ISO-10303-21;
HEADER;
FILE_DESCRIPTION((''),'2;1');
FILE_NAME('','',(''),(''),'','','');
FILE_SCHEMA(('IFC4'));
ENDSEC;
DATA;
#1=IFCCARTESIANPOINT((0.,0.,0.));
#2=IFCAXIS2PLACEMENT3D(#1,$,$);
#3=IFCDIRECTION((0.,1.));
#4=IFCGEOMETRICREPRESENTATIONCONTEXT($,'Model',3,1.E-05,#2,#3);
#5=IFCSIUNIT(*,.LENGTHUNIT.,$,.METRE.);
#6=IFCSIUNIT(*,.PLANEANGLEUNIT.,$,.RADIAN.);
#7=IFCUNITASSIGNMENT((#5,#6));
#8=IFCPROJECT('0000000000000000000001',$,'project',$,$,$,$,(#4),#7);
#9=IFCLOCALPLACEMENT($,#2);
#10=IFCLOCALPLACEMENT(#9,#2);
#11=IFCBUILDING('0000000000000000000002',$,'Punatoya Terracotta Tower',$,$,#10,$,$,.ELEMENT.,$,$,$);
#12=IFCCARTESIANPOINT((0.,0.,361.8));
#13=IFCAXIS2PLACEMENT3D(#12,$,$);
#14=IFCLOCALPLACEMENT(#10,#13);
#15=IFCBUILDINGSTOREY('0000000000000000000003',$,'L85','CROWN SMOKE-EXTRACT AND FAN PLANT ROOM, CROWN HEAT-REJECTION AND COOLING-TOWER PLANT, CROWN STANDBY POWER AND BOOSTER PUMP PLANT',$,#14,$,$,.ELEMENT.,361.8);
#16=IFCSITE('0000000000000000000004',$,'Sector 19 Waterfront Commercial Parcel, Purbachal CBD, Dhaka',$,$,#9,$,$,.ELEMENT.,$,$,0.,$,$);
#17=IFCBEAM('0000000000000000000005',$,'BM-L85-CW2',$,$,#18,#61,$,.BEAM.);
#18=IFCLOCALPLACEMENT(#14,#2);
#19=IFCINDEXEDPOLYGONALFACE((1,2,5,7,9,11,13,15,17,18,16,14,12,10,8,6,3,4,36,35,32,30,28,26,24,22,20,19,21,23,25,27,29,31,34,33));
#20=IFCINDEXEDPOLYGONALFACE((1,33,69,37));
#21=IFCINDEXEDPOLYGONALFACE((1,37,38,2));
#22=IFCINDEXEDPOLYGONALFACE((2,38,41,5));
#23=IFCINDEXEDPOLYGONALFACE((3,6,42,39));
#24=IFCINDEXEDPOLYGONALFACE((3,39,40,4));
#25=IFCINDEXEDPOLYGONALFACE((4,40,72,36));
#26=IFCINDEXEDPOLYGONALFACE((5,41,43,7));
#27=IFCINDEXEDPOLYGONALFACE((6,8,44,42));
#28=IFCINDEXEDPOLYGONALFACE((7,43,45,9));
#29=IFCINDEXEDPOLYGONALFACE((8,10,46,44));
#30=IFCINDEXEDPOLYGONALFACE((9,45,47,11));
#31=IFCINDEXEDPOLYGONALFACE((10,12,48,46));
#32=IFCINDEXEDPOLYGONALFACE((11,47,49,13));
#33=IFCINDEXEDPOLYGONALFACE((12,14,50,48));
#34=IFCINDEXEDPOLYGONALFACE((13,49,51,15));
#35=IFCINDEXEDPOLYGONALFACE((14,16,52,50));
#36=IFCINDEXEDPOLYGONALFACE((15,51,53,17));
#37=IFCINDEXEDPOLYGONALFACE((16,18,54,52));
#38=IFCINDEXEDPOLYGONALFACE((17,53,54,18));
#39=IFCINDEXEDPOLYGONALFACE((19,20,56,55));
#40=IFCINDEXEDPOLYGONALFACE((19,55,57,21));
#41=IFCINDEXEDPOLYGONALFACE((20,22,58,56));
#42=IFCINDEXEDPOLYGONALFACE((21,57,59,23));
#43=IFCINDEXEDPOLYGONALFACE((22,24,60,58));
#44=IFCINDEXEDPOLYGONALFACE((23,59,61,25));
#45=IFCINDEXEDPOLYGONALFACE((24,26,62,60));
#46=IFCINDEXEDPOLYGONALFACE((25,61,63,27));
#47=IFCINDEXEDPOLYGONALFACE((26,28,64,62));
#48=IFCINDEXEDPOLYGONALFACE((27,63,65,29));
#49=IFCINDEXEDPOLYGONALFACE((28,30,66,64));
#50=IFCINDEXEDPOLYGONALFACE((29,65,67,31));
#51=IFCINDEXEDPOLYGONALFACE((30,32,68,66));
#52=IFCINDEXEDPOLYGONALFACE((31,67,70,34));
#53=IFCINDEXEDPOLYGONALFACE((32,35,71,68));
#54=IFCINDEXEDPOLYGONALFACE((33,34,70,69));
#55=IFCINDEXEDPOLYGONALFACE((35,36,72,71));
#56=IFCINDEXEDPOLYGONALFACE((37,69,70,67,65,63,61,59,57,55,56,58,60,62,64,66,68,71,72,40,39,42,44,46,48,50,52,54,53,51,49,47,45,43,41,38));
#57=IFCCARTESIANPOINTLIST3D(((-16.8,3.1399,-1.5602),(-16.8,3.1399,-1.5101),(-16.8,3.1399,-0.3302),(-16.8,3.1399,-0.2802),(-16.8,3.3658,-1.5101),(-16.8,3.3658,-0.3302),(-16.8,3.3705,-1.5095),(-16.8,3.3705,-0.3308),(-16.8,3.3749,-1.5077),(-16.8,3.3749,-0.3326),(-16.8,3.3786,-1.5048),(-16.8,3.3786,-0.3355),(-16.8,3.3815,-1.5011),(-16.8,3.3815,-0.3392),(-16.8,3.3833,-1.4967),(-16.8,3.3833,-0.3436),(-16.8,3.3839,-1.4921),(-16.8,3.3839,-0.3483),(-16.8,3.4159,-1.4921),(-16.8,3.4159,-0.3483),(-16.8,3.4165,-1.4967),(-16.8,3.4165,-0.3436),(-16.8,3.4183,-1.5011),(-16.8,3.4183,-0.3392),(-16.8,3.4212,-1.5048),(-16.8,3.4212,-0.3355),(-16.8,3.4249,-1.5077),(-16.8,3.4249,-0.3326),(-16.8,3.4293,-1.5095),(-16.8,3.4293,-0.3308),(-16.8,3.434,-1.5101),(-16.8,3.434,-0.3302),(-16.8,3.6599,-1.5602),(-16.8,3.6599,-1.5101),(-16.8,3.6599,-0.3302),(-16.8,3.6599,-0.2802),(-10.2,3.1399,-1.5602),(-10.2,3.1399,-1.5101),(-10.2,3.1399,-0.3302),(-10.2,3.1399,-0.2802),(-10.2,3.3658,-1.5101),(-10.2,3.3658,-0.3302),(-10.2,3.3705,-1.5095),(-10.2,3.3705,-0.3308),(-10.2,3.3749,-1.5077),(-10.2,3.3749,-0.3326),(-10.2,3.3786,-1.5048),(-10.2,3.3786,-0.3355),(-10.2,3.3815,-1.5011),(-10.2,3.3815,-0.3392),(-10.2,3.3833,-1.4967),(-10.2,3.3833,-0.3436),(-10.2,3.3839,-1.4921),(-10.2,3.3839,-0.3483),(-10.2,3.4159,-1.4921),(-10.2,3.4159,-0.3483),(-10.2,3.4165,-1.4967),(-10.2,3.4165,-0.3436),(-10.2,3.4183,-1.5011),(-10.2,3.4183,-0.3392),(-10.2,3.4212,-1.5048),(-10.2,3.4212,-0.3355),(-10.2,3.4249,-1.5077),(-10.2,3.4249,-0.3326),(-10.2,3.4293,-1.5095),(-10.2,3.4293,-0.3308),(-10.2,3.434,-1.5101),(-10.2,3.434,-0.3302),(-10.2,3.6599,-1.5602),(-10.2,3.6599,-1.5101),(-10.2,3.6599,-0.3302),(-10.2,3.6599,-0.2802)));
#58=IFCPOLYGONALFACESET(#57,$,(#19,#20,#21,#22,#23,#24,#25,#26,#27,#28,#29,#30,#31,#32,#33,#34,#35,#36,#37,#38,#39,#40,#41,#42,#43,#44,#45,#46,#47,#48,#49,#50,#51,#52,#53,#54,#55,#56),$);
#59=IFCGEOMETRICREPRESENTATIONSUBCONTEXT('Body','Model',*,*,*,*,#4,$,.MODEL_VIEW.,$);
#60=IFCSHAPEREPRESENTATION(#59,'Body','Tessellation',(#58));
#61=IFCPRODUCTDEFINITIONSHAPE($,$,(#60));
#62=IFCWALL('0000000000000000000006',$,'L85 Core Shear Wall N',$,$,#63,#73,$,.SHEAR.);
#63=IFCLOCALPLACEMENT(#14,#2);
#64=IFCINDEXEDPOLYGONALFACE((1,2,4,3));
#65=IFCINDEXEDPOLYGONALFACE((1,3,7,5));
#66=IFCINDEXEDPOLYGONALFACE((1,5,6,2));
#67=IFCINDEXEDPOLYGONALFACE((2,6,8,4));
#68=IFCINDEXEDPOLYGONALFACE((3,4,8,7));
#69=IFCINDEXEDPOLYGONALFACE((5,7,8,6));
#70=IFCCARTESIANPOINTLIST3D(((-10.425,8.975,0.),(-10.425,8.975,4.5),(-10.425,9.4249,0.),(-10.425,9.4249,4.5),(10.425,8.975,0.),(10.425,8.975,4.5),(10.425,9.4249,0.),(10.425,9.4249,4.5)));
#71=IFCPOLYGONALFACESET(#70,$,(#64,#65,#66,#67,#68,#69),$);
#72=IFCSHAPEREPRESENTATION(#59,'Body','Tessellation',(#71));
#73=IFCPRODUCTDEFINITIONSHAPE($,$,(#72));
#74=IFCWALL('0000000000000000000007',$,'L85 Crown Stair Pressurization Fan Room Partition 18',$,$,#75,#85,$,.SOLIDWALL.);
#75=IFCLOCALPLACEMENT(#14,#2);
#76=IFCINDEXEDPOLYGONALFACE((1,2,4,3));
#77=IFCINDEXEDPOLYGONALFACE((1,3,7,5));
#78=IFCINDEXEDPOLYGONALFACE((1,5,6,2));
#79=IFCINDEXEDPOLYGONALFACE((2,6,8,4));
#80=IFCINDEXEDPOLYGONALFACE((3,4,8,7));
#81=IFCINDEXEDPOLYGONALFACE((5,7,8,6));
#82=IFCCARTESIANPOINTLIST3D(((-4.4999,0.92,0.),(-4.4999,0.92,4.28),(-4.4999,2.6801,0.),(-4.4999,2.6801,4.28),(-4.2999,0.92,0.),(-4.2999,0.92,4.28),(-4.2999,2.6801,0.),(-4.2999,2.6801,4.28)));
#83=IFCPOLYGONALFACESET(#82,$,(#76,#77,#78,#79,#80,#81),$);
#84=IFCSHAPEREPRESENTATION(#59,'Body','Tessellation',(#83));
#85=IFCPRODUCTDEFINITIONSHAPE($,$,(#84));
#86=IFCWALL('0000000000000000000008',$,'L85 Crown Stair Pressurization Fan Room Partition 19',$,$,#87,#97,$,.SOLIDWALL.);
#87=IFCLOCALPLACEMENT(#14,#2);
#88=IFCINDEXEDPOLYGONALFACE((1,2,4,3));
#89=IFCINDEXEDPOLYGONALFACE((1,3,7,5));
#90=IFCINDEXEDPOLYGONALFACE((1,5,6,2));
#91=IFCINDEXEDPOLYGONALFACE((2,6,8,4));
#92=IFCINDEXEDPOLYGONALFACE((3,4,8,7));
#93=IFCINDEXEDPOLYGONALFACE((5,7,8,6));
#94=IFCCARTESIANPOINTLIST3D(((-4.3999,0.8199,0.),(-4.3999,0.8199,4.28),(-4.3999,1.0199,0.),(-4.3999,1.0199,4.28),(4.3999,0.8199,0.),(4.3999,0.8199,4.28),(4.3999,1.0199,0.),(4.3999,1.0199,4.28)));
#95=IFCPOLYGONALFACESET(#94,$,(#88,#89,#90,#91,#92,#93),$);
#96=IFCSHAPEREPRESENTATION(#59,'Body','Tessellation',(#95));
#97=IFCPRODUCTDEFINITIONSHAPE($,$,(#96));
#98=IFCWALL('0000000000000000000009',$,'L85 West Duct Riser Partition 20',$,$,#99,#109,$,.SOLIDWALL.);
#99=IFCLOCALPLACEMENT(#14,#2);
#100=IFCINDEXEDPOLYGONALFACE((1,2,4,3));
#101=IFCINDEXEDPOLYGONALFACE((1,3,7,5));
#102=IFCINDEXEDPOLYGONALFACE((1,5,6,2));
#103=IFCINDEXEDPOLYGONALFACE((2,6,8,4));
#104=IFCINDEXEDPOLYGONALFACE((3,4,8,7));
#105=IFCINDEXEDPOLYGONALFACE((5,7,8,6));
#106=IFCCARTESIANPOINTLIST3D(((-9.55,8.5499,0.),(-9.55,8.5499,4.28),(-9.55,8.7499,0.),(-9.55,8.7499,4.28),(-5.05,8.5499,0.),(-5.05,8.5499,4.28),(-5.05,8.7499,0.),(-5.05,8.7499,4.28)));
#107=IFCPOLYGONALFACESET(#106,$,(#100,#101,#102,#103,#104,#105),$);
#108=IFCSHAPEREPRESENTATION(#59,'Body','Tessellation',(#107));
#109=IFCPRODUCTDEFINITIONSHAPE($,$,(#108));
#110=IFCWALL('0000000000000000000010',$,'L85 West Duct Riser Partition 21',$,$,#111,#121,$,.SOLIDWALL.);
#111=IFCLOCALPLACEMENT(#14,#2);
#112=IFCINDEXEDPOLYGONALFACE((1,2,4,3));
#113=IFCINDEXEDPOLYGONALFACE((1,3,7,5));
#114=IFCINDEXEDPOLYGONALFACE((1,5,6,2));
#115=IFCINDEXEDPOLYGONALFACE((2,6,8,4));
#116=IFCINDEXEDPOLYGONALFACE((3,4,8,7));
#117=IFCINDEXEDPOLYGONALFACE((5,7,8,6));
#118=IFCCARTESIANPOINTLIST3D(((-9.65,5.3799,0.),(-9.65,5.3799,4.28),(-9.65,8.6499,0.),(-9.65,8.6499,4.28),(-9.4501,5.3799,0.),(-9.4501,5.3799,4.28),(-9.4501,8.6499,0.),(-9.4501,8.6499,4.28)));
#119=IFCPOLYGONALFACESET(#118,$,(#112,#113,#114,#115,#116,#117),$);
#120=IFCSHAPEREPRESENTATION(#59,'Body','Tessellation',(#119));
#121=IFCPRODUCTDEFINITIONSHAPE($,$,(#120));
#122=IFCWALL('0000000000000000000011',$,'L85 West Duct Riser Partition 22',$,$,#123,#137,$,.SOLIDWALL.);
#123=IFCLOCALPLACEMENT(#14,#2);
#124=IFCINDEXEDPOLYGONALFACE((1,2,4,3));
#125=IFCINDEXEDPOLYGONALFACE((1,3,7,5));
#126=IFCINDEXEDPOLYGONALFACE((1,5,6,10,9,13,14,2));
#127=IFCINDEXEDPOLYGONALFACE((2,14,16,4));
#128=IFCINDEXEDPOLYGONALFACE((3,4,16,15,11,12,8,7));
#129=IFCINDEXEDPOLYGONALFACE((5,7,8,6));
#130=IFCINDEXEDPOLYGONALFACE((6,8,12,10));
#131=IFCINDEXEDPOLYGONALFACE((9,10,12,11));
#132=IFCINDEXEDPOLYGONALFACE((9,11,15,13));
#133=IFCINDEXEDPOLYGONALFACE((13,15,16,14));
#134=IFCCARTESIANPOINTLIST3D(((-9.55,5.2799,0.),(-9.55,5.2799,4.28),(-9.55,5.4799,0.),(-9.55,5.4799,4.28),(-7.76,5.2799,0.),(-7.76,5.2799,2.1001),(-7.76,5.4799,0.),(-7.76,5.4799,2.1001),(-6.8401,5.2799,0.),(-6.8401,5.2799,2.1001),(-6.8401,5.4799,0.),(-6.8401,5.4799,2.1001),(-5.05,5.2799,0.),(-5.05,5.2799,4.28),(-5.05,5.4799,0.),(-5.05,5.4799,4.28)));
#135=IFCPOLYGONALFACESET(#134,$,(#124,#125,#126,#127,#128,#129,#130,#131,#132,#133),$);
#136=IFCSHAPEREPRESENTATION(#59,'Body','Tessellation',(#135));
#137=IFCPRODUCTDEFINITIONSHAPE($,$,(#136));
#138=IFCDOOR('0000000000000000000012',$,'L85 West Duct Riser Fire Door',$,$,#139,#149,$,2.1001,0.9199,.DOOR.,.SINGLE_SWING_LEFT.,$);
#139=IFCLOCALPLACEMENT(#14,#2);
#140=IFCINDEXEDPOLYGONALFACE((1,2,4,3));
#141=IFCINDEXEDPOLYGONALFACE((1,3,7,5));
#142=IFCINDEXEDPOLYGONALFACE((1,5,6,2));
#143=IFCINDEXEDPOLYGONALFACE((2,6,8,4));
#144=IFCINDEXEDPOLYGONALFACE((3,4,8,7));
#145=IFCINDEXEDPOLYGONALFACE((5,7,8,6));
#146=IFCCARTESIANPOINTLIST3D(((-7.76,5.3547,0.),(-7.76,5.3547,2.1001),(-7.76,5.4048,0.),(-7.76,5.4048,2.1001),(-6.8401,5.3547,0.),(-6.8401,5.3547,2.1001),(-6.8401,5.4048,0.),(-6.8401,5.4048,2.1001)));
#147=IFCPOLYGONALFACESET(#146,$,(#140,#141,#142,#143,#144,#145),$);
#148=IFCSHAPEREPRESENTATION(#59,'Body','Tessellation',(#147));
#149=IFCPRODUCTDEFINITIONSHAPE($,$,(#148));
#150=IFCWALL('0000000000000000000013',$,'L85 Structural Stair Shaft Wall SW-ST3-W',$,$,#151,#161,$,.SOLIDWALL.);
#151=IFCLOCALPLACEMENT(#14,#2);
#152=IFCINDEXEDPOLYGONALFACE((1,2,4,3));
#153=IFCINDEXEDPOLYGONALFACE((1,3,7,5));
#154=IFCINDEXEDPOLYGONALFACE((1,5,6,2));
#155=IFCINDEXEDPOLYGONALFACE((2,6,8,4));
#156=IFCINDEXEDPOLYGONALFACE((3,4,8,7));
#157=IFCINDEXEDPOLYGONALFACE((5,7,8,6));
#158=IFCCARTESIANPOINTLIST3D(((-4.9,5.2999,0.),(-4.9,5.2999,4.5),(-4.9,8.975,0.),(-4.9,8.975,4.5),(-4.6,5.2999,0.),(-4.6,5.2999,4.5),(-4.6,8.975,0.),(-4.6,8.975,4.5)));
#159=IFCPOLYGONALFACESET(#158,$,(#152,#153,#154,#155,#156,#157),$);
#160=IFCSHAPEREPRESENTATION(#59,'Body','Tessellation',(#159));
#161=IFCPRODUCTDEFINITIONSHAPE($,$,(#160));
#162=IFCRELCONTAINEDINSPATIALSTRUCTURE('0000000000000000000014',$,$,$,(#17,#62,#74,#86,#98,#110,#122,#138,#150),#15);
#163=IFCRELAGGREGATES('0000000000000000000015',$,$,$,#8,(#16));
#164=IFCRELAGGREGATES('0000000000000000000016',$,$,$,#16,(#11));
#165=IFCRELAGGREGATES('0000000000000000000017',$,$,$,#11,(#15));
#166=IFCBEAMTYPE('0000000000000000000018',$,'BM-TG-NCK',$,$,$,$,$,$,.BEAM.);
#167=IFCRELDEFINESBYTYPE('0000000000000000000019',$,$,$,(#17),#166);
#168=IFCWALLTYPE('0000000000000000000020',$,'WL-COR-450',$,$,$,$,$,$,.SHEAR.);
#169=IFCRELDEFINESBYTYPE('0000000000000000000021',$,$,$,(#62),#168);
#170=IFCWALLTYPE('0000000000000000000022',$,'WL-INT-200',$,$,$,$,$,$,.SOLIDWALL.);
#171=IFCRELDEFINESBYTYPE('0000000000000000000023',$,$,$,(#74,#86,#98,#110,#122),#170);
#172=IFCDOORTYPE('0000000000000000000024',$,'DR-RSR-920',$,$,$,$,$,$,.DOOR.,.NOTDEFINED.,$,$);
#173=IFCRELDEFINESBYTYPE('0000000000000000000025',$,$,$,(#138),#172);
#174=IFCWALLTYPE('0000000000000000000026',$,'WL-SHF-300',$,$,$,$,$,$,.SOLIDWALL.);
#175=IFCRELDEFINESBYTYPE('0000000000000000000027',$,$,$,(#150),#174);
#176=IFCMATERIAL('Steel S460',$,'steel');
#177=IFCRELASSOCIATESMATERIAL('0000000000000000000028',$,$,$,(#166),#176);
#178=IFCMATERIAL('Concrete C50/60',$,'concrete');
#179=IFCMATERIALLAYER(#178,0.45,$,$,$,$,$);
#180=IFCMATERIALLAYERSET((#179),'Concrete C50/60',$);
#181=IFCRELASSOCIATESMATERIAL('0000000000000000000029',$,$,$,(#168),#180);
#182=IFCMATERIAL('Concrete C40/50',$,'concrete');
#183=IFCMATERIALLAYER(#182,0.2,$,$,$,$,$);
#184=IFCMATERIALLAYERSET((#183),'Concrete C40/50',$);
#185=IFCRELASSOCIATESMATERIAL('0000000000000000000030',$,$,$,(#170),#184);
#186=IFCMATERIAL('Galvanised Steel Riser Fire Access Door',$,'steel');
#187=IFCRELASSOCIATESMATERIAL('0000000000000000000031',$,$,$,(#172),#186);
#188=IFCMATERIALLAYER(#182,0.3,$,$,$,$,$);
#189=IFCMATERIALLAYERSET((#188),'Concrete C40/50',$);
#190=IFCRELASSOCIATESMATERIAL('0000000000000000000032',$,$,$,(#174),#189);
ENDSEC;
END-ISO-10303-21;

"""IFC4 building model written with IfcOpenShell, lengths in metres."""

from ifc_helpers import new_model, si_unit, direction, frame, frame_2d, origin, origin_2d, place, context, subcontext, project, spatial, rectangle, i_section, extrude, material, layer, layer_set, material_profile, profile_set, type_object, element, fill, save


model = new_model("IFC4")

# Units and contexts
model_context = context("Model", 3, precision=1e-05, world=origin(), true_north=direction((0.0, 1.0)))
body_context = subcontext(model_context, "Body", "Model", "MODEL_VIEW")
ifc_project = project(units=[si_unit("LENGTHUNIT", "METRE"), si_unit("PLANEANGLEUNIT", "RADIAN")], contexts=[model_context])

# Site, building, storey
site_placement = place(None, origin())
site = spatial("IfcSite", under=ifc_project, at=site_placement, Name="Sector 19 Waterfront Commercial Parcel, Purbachal CBD, Dhaka", CompositionType="ELEMENT", RefElevation=0.0)
building_placement = place(site_placement, origin())
building = spatial("IfcBuilding", under=site, at=building_placement, Name="Punatoya Terracotta Tower", CompositionType="ELEMENT")
storey_placement = place(building_placement, frame((0.0, 0.0, 361.8)))
storey = spatial("IfcBuildingStorey", under=building, at=storey_placement, Name="L85", Description="CROWN SMOKE-EXTRACT AND FAN PLANT ROOM, CROWN HEAT-REJECTION AND COOLING-TOWER PLANT, CROWN STANDBY POWER AND BOOSTER PUMP PLANT", CompositionType="ELEMENT", Elevation=361.8)

# Beam
ifc_material_1 = material(Name="Concrete C50/60", Category="concrete")
ifc_material_2 = material(Name="Steel S460", Category="steel")
ifc_material_profile_1 = material_profile(ifc_material_2, i_section(OverallWidth=0.52, OverallDepth=1.28, WebThickness=0.032, FlangeThickness=0.05, FilletRadius=0.0181, at=origin_2d()))
ifc_profile_set_1 = profile_set([ifc_material_profile_1], Name="Steel S460")
beam_type_1 = type_object("IfcBeamType", Name="BM-TG-NCK", PredefinedType="BEAM", material=ifc_profile_set_1)
beam_1_placement = place(storey_placement, frame((-16.8, 3.3999, -0.9202), z_axis=(1.0, 0.0, 0.0), x_axis=(0.0, 1.0, 0.0)))
element("IfcBeam", 1, at=beam_1_placement, inside=storey, type_object=beam_type_1, Name="BM-L85-CW2", PredefinedType="BEAM", context=body_context, shape_type="SweptSolid", body=[
    extrude(i_section(OverallWidth=0.52, OverallDepth=1.28, WebThickness=0.032, FlangeThickness=0.05, FilletRadius=0.0181, at=origin_2d()), origin(), (0.0, 0.0, 1.0), 6.6001),
])

# Walls
ifc_layer_1 = layer(ifc_material_1, 0.45)
ifc_layer_set_1 = layer_set([ifc_layer_1], Name="Concrete C50/60")
wall_type_1 = type_object("IfcWallType", Name="WL-COR-450", PredefinedType="SHEAR", material=ifc_layer_set_1)
wall_1_placement = place(storey_placement, frame((-10.425, 9.2, 0.0), z_axis=(0.0, 0.0, 1.0), x_axis=(1.0, 0.0, 0.0)))
element("IfcWall", 2, at=wall_1_placement, inside=storey, type_object=wall_type_1, Name="L85 Core Shear Wall N", PredefinedType="SHEAR", context=body_context, shape_type="SweptSolid", body=[
    extrude(rectangle(XDim=20.8501, YDim=0.45, at=frame_2d((10.425, 0.0))), origin(), (0.0, 0.0, 1.0), 4.5),
])
ifc_material_3 = material(Name="Concrete C40/50", Category="concrete")
ifc_layer_2 = layer(ifc_material_3, 0.2)
ifc_layer_set_2 = layer_set([ifc_layer_2], Name="Concrete C40/50")
wall_type_2 = type_object("IfcWallType", Name="WL-INT-200", PredefinedType="SOLIDWALL", material=ifc_layer_set_2)
wall_2_placement = place(storey_placement, frame((-4.3999, 2.6799, 0.0), z_axis=(0.0, 0.0, 1.0), x_axis=(0.0, -1.0, 0.0)))
element("IfcWall", 3, at=wall_2_placement, inside=storey, type_object=wall_type_2, Name="L85 Crown Stair Pressurization Fan Room Partition 18", PredefinedType="SOLIDWALL", context=body_context, shape_type="SweptSolid", body=[
    extrude(rectangle(XDim=1.76, YDim=0.2, at=frame_2d((0.8799, 0.0))), origin(), (0.0, 0.0, 1.0), 4.28),
])
wall_3_placement = place(storey_placement, frame((-4.3999, 0.9199, 0.0), z_axis=(0.0, 0.0, 1.0), x_axis=(1.0, 0.0, 0.0)))
element("IfcWall", 4, at=wall_3_placement, inside=storey, type_object=wall_type_2, Name="L85 Crown Stair Pressurization Fan Room Partition 19", PredefinedType="SOLIDWALL", context=body_context, shape_type="SweptSolid", body=[
    extrude(rectangle(XDim=8.7998, YDim=0.2, at=frame_2d((4.3999, 0.0))), origin(), (0.0, 0.0, 1.0), 4.28),
])
wall_4_placement = place(storey_placement, frame((-5.05, 8.6499, 0.0), z_axis=(0.0, 0.0, 1.0), x_axis=(-1.0, 0.0, 0.0)))
element("IfcWall", 5, at=wall_4_placement, inside=storey, type_object=wall_type_2, Name="L85 West Duct Riser Partition 20", PredefinedType="SOLIDWALL", context=body_context, shape_type="SweptSolid", body=[
    extrude(rectangle(XDim=4.5, YDim=0.2, at=frame_2d((2.25, 0.0))), origin(), (0.0, 0.0, 1.0), 4.28),
])
wall_5_placement = place(storey_placement, frame((-9.55, 8.6499, 0.0), z_axis=(0.0, 0.0, 1.0), x_axis=(0.0, -1.0, 0.0)))
element("IfcWall", 6, at=wall_5_placement, inside=storey, type_object=wall_type_2, Name="L85 West Duct Riser Partition 21", PredefinedType="SOLIDWALL", context=body_context, shape_type="SweptSolid", body=[
    extrude(rectangle(XDim=3.27, YDim=0.2, at=frame_2d((1.635, 0.0))), origin(), (0.0, 0.0, 1.0), 4.28),
])

# Wall, opening, door
wall_6_placement = place(storey_placement, frame((-9.55, 5.3799, 0.0), z_axis=(0.0, 0.0, 1.0), x_axis=(1.0, 0.0, 0.0)))
wall_6 = element("IfcWall", 7, at=wall_6_placement, inside=storey, type_object=wall_type_2, Name="L85 West Duct Riser Partition 22", PredefinedType="SOLIDWALL", context=body_context, shape_type="SweptSolid", body=[
    extrude(rectangle(XDim=4.5, YDim=0.2, at=frame_2d((2.25, 0.0))), origin(), (0.0, 0.0, 1.0), 4.28),
])
opening_1_placement = place(wall_6_placement, frame((1.79, 0.0, 0.0)))
opening_1 = element("IfcOpeningElement", 8, at=opening_1_placement, cuts=wall_6, PredefinedType="OPENING", context=body_context, shape_type="SweptSolid", body=[
    extrude(rectangle(XDim=0.9199, YDim=2.1001, at=frame_2d((0.46, 1.05))), frame((0.0, 0.1099, 0.0), z_axis=(0.0, -1.0, 0.0), x_axis=(1.0, 0.0, 0.0)), (0.0, 0.0, 1.0), 0.22),
])
ifc_material_4 = material(Name="Galvanised Steel Riser Fire Access Door", Category="steel")
door_type_1 = type_object("IfcDoorType", Name="DR-RSR-920", OperationType="NOTDEFINED", PredefinedType="DOOR", material=ifc_material_4)
door_1_placement = place(opening_1_placement, origin())
door_1 = element("IfcDoor", 9, at=door_1_placement, inside=storey, type_object=door_type_1, Name="L85 West Duct Riser Fire Door", OperationType="SINGLE_SWING_LEFT", OverallHeight=2.1001, OverallWidth=0.9199, PredefinedType="DOOR", context=body_context, shape_type="SweptSolid", body=[
    extrude(rectangle(XDim=0.9199, YDim=2.1001, at=frame_2d((0.46, 1.05))), frame((0.0, 0.0249, 0.0), z_axis=(0.0, -1.0, 0.0), x_axis=(1.0, 0.0, 0.0)), (0.0, 0.0, 1.0), 0.05),
])
fill(opening_1, door_1)

# Wall
ifc_layer_3 = layer(ifc_material_3, 0.3)
ifc_layer_set_3 = layer_set([ifc_layer_3], Name="Concrete C40/50")
wall_type_3 = type_object("IfcWallType", Name="WL-SHF-300", PredefinedType="SOLIDWALL", material=ifc_layer_set_3)
wall_7_placement = place(storey_placement, frame((-4.75, 5.3, 0.0), z_axis=(0.0, 0.0, 1.0), x_axis=(0.0, 1.0, 0.0)))
element("IfcWall", 10, at=wall_7_placement, inside=storey, type_object=wall_type_3, Name="L85 Structural Stair Shaft Wall SW-ST3-W", PredefinedType="SOLIDWALL", context=body_context, shape_type="SweptSolid", body=[
    extrude(rectangle(XDim=3.675, YDim=0.3, at=frame_2d((1.8374, 0.0))), origin(), (0.0, 0.0, 1.0), 4.5),
])

save(model, "model.ifc")
